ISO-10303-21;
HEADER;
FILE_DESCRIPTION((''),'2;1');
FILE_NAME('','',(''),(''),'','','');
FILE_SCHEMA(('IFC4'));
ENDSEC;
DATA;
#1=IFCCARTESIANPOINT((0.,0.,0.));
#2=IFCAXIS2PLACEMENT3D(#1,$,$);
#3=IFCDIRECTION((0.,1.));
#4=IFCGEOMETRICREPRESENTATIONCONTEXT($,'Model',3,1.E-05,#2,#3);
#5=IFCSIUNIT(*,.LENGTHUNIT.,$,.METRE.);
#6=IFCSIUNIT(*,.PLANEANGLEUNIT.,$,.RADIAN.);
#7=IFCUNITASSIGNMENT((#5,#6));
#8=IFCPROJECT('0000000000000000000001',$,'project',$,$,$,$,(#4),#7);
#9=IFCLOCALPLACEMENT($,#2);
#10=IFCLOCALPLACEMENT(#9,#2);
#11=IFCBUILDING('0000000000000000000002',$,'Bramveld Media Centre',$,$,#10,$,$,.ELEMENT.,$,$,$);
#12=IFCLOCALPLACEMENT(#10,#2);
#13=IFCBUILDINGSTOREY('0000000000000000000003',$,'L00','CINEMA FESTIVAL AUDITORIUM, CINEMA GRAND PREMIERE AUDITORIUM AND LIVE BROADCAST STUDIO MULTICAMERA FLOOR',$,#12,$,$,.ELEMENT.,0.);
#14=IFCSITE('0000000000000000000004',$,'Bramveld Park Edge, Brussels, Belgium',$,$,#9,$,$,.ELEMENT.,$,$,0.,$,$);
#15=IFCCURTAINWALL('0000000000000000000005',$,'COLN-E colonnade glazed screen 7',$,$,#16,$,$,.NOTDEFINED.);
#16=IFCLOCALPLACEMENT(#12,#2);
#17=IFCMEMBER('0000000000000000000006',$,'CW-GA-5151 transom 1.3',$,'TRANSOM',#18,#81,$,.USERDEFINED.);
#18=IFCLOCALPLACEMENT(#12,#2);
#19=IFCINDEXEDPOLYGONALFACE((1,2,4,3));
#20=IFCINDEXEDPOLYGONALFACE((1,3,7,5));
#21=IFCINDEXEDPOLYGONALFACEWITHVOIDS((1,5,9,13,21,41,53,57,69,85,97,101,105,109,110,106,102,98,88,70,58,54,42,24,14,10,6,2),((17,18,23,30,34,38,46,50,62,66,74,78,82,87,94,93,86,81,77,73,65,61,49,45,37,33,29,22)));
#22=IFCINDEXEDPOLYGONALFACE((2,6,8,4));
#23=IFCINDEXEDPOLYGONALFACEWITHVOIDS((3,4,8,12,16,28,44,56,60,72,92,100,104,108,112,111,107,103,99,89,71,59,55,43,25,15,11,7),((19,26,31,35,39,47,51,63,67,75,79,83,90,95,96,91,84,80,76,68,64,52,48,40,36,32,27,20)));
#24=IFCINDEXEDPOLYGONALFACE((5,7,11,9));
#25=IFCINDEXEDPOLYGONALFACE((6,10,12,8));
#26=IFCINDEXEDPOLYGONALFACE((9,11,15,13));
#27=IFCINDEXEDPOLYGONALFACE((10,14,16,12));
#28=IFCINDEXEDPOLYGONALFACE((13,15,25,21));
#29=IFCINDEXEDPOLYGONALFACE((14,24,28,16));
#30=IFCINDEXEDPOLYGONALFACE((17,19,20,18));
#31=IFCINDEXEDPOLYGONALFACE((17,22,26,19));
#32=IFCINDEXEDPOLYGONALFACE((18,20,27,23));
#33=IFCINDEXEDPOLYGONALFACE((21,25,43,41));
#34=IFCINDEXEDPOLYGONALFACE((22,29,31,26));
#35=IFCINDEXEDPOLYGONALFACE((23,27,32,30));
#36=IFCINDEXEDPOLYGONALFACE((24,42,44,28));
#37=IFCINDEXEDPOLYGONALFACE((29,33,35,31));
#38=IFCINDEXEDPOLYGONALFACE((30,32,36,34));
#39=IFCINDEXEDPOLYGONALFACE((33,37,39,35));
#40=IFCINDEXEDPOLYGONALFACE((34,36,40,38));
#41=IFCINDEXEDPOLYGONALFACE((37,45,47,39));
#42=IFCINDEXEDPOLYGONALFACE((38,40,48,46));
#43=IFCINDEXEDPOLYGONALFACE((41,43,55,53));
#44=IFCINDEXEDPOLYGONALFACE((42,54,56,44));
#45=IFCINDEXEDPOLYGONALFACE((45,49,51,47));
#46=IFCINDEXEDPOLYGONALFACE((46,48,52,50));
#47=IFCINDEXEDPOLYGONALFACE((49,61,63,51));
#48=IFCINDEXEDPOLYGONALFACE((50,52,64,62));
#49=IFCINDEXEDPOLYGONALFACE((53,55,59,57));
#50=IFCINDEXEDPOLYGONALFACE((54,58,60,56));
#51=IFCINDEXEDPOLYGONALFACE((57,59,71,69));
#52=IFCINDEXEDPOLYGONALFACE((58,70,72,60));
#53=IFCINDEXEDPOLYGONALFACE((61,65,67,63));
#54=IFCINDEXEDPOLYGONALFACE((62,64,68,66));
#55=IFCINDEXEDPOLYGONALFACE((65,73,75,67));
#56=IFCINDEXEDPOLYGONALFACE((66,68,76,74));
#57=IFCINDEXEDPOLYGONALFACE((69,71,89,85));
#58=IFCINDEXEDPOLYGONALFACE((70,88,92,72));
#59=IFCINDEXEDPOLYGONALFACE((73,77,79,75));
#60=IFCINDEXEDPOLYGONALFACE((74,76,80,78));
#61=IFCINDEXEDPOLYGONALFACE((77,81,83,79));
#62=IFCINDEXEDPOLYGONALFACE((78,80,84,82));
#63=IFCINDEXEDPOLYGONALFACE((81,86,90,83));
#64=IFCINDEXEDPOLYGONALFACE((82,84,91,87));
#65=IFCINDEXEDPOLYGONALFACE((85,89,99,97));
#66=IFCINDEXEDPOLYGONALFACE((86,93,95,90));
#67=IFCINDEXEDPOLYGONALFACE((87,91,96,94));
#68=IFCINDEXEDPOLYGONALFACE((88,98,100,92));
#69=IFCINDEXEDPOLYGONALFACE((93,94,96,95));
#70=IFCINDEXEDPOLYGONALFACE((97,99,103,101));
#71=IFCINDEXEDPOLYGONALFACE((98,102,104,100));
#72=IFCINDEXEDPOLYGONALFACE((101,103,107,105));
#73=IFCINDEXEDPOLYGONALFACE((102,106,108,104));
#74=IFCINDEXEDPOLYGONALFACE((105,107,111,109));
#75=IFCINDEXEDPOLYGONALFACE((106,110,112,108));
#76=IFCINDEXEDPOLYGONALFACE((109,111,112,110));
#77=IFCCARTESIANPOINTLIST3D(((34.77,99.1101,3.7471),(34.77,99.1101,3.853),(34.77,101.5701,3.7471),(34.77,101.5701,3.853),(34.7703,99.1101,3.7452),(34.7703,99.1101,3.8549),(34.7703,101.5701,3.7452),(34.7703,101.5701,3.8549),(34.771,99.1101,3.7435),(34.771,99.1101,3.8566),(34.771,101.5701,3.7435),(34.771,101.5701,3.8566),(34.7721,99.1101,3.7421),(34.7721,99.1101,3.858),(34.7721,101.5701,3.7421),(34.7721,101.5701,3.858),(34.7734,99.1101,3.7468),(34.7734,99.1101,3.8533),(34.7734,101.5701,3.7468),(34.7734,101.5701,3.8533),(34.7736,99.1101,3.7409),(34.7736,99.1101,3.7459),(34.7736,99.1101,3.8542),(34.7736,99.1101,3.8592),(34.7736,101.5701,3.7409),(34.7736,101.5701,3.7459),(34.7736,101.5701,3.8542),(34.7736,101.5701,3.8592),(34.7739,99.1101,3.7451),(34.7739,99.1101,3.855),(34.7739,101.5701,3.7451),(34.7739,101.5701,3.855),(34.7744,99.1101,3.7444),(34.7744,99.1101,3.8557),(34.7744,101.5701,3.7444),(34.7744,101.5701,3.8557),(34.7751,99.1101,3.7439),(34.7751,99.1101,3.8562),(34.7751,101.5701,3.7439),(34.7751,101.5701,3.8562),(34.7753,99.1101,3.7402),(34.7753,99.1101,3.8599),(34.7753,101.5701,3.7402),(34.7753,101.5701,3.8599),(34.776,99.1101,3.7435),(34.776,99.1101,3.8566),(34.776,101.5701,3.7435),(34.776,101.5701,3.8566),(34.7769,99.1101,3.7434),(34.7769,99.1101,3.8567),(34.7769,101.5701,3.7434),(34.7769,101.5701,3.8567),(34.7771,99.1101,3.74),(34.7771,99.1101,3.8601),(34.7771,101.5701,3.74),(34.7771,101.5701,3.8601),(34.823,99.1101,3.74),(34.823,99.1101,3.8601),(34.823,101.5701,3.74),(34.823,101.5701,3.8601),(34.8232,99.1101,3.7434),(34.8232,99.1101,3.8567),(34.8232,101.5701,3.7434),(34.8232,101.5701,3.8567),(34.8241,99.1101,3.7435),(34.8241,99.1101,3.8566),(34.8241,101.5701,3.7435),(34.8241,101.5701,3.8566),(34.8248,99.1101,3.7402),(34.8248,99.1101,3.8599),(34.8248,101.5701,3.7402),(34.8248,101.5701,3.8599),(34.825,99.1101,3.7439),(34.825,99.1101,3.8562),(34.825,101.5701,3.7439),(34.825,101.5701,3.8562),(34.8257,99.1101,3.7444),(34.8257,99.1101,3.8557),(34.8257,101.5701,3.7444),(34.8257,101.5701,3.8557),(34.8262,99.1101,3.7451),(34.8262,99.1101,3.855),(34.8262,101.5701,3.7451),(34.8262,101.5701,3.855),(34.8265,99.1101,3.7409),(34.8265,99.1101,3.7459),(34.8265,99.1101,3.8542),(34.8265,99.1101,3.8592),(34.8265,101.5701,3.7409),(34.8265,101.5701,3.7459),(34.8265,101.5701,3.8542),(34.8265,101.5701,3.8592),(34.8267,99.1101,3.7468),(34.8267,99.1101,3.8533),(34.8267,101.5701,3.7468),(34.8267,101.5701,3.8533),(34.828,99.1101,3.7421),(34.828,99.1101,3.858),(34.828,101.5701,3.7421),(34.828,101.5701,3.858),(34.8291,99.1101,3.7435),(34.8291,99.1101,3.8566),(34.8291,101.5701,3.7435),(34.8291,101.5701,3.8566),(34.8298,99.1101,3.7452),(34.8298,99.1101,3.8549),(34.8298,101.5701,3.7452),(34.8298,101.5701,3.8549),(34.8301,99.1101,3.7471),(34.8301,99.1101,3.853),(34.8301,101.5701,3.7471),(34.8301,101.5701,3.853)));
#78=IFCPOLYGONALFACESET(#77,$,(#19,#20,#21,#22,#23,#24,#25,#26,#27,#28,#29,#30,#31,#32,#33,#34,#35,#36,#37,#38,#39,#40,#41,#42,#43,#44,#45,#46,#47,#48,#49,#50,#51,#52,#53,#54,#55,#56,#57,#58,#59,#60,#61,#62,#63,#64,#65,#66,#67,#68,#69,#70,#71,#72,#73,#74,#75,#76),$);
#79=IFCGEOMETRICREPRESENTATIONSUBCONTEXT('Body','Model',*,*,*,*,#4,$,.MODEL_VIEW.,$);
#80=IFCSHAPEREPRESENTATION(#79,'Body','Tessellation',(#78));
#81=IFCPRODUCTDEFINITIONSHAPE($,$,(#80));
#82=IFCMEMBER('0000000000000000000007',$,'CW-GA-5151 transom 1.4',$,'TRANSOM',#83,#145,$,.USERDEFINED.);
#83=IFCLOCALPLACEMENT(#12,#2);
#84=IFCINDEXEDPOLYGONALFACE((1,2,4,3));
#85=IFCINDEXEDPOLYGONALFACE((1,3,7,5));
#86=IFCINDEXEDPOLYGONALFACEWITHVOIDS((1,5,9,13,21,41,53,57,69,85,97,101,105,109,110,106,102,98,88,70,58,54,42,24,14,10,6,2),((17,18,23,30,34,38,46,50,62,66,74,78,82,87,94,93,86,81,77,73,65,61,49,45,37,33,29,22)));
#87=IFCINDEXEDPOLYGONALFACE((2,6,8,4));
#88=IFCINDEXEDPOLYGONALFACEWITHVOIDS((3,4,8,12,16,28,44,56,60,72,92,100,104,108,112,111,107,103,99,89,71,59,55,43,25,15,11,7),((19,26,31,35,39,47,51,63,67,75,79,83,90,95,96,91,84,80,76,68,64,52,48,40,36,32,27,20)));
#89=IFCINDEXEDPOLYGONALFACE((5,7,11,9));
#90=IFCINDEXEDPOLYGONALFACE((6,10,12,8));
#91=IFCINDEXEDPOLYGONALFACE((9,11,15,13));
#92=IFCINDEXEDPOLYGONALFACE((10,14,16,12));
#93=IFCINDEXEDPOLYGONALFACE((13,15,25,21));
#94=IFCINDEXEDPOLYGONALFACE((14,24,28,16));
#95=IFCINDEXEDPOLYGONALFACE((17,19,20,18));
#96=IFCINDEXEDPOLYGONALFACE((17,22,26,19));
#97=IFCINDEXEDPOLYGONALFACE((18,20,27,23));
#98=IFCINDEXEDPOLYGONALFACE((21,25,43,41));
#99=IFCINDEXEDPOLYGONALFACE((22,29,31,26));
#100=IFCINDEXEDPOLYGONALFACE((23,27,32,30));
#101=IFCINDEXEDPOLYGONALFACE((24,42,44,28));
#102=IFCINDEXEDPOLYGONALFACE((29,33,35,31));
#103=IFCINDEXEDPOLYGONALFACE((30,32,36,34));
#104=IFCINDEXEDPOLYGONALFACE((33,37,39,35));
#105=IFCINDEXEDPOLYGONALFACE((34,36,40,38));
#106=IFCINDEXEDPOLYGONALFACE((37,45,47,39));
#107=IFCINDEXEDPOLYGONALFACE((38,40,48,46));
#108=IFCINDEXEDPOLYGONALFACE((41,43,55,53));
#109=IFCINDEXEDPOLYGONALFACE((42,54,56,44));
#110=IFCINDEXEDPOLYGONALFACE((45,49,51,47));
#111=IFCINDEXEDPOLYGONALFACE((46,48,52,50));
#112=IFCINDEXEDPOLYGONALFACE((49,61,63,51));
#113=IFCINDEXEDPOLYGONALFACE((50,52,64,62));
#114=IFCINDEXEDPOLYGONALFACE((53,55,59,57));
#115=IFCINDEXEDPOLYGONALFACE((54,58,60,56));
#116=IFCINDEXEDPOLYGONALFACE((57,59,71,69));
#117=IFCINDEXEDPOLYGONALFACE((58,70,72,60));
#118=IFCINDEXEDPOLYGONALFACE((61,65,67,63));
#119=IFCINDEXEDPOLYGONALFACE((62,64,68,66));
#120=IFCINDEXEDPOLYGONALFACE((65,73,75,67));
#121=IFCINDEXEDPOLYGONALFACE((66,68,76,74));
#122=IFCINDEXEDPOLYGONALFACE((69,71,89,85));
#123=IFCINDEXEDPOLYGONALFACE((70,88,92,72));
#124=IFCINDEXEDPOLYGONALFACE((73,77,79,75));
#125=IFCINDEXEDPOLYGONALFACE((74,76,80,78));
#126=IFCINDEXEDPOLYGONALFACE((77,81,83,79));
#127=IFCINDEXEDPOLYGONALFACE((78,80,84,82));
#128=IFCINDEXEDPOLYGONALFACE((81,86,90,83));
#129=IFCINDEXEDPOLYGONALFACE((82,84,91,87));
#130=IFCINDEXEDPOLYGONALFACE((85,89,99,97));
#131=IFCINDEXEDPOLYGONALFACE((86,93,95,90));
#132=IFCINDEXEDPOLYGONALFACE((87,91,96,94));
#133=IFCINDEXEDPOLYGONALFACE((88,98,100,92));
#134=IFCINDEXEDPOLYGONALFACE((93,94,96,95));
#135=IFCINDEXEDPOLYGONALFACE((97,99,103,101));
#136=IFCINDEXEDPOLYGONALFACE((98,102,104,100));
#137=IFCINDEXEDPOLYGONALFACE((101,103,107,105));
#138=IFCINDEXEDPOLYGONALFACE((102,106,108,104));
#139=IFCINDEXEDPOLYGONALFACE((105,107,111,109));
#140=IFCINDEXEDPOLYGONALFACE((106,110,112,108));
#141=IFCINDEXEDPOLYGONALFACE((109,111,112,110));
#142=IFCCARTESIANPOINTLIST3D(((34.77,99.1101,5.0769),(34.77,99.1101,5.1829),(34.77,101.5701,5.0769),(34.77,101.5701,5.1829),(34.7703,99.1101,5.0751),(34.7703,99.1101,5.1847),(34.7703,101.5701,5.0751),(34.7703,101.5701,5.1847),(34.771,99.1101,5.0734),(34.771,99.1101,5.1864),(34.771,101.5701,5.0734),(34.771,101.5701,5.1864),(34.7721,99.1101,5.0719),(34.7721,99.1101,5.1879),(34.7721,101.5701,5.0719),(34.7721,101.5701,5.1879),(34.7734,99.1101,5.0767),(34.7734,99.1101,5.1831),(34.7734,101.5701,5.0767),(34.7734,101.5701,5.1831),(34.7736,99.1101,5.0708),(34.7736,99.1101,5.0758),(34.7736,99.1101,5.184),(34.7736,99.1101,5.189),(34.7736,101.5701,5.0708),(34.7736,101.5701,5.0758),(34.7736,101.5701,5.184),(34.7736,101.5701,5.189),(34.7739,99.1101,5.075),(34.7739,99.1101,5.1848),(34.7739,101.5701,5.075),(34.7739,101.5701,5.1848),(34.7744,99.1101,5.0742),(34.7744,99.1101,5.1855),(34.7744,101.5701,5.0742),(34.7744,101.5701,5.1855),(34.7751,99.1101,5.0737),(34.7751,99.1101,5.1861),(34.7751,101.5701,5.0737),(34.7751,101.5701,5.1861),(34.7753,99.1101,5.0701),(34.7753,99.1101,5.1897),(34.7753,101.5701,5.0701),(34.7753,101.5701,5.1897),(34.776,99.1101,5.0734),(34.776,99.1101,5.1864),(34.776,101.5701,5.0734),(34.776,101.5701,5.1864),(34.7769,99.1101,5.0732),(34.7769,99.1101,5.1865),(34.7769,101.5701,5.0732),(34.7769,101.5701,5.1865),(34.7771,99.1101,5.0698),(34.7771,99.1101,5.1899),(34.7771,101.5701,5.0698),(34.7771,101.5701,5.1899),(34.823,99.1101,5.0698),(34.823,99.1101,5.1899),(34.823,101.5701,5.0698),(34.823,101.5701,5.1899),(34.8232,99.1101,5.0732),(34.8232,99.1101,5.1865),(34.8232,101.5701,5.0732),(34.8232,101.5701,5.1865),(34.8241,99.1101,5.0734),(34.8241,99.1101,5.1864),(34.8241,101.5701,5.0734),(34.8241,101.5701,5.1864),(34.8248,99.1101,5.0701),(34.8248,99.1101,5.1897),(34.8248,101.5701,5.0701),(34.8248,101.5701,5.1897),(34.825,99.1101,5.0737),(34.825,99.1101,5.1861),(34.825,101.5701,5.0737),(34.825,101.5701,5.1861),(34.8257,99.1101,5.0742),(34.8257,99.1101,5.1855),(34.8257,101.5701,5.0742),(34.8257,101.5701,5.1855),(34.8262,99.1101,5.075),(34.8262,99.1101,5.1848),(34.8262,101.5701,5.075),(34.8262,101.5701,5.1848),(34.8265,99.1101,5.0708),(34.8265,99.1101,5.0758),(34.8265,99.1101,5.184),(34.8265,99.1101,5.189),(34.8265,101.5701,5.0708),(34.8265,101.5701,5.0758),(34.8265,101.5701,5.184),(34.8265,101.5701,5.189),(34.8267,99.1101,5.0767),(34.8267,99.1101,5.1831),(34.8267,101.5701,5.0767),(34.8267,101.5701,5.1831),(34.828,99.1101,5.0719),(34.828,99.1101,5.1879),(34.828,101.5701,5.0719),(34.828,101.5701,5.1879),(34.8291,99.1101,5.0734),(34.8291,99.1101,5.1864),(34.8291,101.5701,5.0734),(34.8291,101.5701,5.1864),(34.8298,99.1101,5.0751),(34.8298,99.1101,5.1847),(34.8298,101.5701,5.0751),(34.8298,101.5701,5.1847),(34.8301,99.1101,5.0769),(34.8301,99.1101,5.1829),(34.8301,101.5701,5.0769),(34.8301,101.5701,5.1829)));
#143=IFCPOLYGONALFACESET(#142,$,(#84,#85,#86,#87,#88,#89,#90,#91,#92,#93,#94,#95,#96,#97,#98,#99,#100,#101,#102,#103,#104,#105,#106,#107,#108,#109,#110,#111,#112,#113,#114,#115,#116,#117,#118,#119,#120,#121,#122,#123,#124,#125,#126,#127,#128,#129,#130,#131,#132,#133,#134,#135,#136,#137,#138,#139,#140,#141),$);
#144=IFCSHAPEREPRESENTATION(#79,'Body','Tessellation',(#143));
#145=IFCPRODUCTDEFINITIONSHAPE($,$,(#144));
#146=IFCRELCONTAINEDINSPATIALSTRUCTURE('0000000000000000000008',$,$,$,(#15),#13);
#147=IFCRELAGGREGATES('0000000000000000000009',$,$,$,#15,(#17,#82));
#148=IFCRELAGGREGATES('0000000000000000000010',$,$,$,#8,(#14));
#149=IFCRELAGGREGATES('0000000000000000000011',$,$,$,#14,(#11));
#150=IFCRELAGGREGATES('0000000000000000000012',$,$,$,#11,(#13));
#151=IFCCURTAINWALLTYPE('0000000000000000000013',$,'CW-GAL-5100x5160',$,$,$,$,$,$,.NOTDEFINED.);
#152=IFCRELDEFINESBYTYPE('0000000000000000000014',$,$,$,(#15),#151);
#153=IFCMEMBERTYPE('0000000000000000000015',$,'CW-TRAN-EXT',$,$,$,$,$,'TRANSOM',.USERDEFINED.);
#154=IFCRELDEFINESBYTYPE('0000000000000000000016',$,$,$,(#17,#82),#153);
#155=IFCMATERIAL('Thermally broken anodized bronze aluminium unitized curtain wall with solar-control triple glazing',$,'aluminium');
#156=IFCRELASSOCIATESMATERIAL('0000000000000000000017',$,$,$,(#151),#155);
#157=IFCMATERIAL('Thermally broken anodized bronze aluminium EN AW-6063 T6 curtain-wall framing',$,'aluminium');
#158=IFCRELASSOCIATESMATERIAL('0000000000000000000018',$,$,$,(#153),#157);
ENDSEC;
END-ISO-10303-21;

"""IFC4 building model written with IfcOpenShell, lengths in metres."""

from ifc_helpers import new_model, si_unit, direction, frame, origin, origin_2d, place, context, subcontext, project, spatial, hollow_rectangle, extrude, material, material_profile, profile_set, type_object, element, aggregate, save


model = new_model("IFC4")

# Units and contexts
model_context = context("Model", 3, precision=1e-05, world=origin(), true_north=direction((0.0, 1.0)))
body_context = subcontext(model_context, "Body", "Model", "MODEL_VIEW")
ifc_project = project(units=[si_unit("LENGTHUNIT", "METRE"), si_unit("PLANEANGLEUNIT", "RADIAN")], contexts=[model_context])

# Site, building, storey
site_placement = place(None, origin())
site = spatial("IfcSite", under=ifc_project, at=site_placement, Name="Bramveld Park Edge, Brussels, Belgium", CompositionType="ELEMENT", RefElevation=0.0)
building_placement = place(site_placement, origin())
building = spatial("IfcBuilding", under=site, at=building_placement, Name="Bramveld Media Centre", CompositionType="ELEMENT")
storey_placement = place(building_placement, origin())
storey = spatial("IfcBuildingStorey", under=building, at=storey_placement, Name="L00", Description="CINEMA FESTIVAL AUDITORIUM, CINEMA GRAND PREMIERE AUDITORIUM AND LIVE BROADCAST STUDIO MULTICAMERA FLOOR", CompositionType="ELEMENT", Elevation=0.0)

# Curtain wall
ifc_material_1 = material(Name="Thermally broken anodized bronze aluminium unitized curtain wall with solar-control triple glazing", Category="aluminium")
curtain_wall_type = type_object("IfcCurtainWallType", Name="CW-GAL-5100x5160", PredefinedType="NOTDEFINED", material=ifc_material_1)
curtain_wall_1_placement = place(storey_placement, origin())
curtain_wall_1 = element("IfcCurtainWall", 1, at=curtain_wall_1_placement, inside=storey, type_object=curtain_wall_type, Name="COLN-E colonnade glazed screen 7", PredefinedType="NOTDEFINED")

# Members
ifc_material_2 = material(Name="Thermally broken anodized bronze aluminium EN AW-6063 T6 curtain-wall framing", Category="aluminium")
ifc_material_profile_1 = material_profile(ifc_material_2, hollow_rectangle(XDim=0.0601, YDim=0.1201, WallThickness=0.0034, InnerFilletRadius=0.0034, OuterFilletRadius=0.0071, at=origin_2d()), Name="AL-TRAN 60x120")
ifc_profile_set_1 = profile_set([ifc_material_profile_1], Name="Thermally broken anodized bronze aluminium EN AW-6063 T6 curtain-wall framing")
member_type_1 = type_object("IfcMemberType", Name="CW-TRAN-EXT", ElementType="TRANSOM", PredefinedType="USERDEFINED", material=ifc_profile_set_1)
member_1_placement = place(storey_placement, frame((34.8, 99.1101, 3.8), z_axis=(0.0, 1.0, 0.0), x_axis=(-1.0, 0.0, 0.0)))
member_1 = element("IfcMember", 2, at=member_1_placement, type_object=member_type_1, Name="CW-GA-5151 transom 1.3", ObjectType="TRANSOM", PredefinedType="USERDEFINED", context=body_context, shape_type="SweptSolid", body=[
    extrude(hollow_rectangle(XDim=0.0601, YDim=0.1201, WallThickness=0.0034, InnerFilletRadius=0.0034, OuterFilletRadius=0.0071, at=origin_2d()), origin(), (0.0, 0.0, 1.0), 2.46),
])
member_2_placement = place(storey_placement, frame((34.8, 99.1101, 5.1299), z_axis=(0.0, 1.0, 0.0), x_axis=(-1.0, 0.0, 0.0)))
member_2 = element("IfcMember", 3, at=member_2_placement, type_object=member_type_1, Name="CW-GA-5151 transom 1.4", ObjectType="TRANSOM", PredefinedType="USERDEFINED", context=body_context, shape_type="SweptSolid", body=[
    extrude(hollow_rectangle(XDim=0.0601, YDim=0.1201, WallThickness=0.0034, InnerFilletRadius=0.0034, OuterFilletRadius=0.0071, at=origin_2d()), origin(), (0.0, 0.0, 1.0), 2.46),
])

aggregate(curtain_wall_1, [member_1, member_2])

save(model, "model.ifc")
